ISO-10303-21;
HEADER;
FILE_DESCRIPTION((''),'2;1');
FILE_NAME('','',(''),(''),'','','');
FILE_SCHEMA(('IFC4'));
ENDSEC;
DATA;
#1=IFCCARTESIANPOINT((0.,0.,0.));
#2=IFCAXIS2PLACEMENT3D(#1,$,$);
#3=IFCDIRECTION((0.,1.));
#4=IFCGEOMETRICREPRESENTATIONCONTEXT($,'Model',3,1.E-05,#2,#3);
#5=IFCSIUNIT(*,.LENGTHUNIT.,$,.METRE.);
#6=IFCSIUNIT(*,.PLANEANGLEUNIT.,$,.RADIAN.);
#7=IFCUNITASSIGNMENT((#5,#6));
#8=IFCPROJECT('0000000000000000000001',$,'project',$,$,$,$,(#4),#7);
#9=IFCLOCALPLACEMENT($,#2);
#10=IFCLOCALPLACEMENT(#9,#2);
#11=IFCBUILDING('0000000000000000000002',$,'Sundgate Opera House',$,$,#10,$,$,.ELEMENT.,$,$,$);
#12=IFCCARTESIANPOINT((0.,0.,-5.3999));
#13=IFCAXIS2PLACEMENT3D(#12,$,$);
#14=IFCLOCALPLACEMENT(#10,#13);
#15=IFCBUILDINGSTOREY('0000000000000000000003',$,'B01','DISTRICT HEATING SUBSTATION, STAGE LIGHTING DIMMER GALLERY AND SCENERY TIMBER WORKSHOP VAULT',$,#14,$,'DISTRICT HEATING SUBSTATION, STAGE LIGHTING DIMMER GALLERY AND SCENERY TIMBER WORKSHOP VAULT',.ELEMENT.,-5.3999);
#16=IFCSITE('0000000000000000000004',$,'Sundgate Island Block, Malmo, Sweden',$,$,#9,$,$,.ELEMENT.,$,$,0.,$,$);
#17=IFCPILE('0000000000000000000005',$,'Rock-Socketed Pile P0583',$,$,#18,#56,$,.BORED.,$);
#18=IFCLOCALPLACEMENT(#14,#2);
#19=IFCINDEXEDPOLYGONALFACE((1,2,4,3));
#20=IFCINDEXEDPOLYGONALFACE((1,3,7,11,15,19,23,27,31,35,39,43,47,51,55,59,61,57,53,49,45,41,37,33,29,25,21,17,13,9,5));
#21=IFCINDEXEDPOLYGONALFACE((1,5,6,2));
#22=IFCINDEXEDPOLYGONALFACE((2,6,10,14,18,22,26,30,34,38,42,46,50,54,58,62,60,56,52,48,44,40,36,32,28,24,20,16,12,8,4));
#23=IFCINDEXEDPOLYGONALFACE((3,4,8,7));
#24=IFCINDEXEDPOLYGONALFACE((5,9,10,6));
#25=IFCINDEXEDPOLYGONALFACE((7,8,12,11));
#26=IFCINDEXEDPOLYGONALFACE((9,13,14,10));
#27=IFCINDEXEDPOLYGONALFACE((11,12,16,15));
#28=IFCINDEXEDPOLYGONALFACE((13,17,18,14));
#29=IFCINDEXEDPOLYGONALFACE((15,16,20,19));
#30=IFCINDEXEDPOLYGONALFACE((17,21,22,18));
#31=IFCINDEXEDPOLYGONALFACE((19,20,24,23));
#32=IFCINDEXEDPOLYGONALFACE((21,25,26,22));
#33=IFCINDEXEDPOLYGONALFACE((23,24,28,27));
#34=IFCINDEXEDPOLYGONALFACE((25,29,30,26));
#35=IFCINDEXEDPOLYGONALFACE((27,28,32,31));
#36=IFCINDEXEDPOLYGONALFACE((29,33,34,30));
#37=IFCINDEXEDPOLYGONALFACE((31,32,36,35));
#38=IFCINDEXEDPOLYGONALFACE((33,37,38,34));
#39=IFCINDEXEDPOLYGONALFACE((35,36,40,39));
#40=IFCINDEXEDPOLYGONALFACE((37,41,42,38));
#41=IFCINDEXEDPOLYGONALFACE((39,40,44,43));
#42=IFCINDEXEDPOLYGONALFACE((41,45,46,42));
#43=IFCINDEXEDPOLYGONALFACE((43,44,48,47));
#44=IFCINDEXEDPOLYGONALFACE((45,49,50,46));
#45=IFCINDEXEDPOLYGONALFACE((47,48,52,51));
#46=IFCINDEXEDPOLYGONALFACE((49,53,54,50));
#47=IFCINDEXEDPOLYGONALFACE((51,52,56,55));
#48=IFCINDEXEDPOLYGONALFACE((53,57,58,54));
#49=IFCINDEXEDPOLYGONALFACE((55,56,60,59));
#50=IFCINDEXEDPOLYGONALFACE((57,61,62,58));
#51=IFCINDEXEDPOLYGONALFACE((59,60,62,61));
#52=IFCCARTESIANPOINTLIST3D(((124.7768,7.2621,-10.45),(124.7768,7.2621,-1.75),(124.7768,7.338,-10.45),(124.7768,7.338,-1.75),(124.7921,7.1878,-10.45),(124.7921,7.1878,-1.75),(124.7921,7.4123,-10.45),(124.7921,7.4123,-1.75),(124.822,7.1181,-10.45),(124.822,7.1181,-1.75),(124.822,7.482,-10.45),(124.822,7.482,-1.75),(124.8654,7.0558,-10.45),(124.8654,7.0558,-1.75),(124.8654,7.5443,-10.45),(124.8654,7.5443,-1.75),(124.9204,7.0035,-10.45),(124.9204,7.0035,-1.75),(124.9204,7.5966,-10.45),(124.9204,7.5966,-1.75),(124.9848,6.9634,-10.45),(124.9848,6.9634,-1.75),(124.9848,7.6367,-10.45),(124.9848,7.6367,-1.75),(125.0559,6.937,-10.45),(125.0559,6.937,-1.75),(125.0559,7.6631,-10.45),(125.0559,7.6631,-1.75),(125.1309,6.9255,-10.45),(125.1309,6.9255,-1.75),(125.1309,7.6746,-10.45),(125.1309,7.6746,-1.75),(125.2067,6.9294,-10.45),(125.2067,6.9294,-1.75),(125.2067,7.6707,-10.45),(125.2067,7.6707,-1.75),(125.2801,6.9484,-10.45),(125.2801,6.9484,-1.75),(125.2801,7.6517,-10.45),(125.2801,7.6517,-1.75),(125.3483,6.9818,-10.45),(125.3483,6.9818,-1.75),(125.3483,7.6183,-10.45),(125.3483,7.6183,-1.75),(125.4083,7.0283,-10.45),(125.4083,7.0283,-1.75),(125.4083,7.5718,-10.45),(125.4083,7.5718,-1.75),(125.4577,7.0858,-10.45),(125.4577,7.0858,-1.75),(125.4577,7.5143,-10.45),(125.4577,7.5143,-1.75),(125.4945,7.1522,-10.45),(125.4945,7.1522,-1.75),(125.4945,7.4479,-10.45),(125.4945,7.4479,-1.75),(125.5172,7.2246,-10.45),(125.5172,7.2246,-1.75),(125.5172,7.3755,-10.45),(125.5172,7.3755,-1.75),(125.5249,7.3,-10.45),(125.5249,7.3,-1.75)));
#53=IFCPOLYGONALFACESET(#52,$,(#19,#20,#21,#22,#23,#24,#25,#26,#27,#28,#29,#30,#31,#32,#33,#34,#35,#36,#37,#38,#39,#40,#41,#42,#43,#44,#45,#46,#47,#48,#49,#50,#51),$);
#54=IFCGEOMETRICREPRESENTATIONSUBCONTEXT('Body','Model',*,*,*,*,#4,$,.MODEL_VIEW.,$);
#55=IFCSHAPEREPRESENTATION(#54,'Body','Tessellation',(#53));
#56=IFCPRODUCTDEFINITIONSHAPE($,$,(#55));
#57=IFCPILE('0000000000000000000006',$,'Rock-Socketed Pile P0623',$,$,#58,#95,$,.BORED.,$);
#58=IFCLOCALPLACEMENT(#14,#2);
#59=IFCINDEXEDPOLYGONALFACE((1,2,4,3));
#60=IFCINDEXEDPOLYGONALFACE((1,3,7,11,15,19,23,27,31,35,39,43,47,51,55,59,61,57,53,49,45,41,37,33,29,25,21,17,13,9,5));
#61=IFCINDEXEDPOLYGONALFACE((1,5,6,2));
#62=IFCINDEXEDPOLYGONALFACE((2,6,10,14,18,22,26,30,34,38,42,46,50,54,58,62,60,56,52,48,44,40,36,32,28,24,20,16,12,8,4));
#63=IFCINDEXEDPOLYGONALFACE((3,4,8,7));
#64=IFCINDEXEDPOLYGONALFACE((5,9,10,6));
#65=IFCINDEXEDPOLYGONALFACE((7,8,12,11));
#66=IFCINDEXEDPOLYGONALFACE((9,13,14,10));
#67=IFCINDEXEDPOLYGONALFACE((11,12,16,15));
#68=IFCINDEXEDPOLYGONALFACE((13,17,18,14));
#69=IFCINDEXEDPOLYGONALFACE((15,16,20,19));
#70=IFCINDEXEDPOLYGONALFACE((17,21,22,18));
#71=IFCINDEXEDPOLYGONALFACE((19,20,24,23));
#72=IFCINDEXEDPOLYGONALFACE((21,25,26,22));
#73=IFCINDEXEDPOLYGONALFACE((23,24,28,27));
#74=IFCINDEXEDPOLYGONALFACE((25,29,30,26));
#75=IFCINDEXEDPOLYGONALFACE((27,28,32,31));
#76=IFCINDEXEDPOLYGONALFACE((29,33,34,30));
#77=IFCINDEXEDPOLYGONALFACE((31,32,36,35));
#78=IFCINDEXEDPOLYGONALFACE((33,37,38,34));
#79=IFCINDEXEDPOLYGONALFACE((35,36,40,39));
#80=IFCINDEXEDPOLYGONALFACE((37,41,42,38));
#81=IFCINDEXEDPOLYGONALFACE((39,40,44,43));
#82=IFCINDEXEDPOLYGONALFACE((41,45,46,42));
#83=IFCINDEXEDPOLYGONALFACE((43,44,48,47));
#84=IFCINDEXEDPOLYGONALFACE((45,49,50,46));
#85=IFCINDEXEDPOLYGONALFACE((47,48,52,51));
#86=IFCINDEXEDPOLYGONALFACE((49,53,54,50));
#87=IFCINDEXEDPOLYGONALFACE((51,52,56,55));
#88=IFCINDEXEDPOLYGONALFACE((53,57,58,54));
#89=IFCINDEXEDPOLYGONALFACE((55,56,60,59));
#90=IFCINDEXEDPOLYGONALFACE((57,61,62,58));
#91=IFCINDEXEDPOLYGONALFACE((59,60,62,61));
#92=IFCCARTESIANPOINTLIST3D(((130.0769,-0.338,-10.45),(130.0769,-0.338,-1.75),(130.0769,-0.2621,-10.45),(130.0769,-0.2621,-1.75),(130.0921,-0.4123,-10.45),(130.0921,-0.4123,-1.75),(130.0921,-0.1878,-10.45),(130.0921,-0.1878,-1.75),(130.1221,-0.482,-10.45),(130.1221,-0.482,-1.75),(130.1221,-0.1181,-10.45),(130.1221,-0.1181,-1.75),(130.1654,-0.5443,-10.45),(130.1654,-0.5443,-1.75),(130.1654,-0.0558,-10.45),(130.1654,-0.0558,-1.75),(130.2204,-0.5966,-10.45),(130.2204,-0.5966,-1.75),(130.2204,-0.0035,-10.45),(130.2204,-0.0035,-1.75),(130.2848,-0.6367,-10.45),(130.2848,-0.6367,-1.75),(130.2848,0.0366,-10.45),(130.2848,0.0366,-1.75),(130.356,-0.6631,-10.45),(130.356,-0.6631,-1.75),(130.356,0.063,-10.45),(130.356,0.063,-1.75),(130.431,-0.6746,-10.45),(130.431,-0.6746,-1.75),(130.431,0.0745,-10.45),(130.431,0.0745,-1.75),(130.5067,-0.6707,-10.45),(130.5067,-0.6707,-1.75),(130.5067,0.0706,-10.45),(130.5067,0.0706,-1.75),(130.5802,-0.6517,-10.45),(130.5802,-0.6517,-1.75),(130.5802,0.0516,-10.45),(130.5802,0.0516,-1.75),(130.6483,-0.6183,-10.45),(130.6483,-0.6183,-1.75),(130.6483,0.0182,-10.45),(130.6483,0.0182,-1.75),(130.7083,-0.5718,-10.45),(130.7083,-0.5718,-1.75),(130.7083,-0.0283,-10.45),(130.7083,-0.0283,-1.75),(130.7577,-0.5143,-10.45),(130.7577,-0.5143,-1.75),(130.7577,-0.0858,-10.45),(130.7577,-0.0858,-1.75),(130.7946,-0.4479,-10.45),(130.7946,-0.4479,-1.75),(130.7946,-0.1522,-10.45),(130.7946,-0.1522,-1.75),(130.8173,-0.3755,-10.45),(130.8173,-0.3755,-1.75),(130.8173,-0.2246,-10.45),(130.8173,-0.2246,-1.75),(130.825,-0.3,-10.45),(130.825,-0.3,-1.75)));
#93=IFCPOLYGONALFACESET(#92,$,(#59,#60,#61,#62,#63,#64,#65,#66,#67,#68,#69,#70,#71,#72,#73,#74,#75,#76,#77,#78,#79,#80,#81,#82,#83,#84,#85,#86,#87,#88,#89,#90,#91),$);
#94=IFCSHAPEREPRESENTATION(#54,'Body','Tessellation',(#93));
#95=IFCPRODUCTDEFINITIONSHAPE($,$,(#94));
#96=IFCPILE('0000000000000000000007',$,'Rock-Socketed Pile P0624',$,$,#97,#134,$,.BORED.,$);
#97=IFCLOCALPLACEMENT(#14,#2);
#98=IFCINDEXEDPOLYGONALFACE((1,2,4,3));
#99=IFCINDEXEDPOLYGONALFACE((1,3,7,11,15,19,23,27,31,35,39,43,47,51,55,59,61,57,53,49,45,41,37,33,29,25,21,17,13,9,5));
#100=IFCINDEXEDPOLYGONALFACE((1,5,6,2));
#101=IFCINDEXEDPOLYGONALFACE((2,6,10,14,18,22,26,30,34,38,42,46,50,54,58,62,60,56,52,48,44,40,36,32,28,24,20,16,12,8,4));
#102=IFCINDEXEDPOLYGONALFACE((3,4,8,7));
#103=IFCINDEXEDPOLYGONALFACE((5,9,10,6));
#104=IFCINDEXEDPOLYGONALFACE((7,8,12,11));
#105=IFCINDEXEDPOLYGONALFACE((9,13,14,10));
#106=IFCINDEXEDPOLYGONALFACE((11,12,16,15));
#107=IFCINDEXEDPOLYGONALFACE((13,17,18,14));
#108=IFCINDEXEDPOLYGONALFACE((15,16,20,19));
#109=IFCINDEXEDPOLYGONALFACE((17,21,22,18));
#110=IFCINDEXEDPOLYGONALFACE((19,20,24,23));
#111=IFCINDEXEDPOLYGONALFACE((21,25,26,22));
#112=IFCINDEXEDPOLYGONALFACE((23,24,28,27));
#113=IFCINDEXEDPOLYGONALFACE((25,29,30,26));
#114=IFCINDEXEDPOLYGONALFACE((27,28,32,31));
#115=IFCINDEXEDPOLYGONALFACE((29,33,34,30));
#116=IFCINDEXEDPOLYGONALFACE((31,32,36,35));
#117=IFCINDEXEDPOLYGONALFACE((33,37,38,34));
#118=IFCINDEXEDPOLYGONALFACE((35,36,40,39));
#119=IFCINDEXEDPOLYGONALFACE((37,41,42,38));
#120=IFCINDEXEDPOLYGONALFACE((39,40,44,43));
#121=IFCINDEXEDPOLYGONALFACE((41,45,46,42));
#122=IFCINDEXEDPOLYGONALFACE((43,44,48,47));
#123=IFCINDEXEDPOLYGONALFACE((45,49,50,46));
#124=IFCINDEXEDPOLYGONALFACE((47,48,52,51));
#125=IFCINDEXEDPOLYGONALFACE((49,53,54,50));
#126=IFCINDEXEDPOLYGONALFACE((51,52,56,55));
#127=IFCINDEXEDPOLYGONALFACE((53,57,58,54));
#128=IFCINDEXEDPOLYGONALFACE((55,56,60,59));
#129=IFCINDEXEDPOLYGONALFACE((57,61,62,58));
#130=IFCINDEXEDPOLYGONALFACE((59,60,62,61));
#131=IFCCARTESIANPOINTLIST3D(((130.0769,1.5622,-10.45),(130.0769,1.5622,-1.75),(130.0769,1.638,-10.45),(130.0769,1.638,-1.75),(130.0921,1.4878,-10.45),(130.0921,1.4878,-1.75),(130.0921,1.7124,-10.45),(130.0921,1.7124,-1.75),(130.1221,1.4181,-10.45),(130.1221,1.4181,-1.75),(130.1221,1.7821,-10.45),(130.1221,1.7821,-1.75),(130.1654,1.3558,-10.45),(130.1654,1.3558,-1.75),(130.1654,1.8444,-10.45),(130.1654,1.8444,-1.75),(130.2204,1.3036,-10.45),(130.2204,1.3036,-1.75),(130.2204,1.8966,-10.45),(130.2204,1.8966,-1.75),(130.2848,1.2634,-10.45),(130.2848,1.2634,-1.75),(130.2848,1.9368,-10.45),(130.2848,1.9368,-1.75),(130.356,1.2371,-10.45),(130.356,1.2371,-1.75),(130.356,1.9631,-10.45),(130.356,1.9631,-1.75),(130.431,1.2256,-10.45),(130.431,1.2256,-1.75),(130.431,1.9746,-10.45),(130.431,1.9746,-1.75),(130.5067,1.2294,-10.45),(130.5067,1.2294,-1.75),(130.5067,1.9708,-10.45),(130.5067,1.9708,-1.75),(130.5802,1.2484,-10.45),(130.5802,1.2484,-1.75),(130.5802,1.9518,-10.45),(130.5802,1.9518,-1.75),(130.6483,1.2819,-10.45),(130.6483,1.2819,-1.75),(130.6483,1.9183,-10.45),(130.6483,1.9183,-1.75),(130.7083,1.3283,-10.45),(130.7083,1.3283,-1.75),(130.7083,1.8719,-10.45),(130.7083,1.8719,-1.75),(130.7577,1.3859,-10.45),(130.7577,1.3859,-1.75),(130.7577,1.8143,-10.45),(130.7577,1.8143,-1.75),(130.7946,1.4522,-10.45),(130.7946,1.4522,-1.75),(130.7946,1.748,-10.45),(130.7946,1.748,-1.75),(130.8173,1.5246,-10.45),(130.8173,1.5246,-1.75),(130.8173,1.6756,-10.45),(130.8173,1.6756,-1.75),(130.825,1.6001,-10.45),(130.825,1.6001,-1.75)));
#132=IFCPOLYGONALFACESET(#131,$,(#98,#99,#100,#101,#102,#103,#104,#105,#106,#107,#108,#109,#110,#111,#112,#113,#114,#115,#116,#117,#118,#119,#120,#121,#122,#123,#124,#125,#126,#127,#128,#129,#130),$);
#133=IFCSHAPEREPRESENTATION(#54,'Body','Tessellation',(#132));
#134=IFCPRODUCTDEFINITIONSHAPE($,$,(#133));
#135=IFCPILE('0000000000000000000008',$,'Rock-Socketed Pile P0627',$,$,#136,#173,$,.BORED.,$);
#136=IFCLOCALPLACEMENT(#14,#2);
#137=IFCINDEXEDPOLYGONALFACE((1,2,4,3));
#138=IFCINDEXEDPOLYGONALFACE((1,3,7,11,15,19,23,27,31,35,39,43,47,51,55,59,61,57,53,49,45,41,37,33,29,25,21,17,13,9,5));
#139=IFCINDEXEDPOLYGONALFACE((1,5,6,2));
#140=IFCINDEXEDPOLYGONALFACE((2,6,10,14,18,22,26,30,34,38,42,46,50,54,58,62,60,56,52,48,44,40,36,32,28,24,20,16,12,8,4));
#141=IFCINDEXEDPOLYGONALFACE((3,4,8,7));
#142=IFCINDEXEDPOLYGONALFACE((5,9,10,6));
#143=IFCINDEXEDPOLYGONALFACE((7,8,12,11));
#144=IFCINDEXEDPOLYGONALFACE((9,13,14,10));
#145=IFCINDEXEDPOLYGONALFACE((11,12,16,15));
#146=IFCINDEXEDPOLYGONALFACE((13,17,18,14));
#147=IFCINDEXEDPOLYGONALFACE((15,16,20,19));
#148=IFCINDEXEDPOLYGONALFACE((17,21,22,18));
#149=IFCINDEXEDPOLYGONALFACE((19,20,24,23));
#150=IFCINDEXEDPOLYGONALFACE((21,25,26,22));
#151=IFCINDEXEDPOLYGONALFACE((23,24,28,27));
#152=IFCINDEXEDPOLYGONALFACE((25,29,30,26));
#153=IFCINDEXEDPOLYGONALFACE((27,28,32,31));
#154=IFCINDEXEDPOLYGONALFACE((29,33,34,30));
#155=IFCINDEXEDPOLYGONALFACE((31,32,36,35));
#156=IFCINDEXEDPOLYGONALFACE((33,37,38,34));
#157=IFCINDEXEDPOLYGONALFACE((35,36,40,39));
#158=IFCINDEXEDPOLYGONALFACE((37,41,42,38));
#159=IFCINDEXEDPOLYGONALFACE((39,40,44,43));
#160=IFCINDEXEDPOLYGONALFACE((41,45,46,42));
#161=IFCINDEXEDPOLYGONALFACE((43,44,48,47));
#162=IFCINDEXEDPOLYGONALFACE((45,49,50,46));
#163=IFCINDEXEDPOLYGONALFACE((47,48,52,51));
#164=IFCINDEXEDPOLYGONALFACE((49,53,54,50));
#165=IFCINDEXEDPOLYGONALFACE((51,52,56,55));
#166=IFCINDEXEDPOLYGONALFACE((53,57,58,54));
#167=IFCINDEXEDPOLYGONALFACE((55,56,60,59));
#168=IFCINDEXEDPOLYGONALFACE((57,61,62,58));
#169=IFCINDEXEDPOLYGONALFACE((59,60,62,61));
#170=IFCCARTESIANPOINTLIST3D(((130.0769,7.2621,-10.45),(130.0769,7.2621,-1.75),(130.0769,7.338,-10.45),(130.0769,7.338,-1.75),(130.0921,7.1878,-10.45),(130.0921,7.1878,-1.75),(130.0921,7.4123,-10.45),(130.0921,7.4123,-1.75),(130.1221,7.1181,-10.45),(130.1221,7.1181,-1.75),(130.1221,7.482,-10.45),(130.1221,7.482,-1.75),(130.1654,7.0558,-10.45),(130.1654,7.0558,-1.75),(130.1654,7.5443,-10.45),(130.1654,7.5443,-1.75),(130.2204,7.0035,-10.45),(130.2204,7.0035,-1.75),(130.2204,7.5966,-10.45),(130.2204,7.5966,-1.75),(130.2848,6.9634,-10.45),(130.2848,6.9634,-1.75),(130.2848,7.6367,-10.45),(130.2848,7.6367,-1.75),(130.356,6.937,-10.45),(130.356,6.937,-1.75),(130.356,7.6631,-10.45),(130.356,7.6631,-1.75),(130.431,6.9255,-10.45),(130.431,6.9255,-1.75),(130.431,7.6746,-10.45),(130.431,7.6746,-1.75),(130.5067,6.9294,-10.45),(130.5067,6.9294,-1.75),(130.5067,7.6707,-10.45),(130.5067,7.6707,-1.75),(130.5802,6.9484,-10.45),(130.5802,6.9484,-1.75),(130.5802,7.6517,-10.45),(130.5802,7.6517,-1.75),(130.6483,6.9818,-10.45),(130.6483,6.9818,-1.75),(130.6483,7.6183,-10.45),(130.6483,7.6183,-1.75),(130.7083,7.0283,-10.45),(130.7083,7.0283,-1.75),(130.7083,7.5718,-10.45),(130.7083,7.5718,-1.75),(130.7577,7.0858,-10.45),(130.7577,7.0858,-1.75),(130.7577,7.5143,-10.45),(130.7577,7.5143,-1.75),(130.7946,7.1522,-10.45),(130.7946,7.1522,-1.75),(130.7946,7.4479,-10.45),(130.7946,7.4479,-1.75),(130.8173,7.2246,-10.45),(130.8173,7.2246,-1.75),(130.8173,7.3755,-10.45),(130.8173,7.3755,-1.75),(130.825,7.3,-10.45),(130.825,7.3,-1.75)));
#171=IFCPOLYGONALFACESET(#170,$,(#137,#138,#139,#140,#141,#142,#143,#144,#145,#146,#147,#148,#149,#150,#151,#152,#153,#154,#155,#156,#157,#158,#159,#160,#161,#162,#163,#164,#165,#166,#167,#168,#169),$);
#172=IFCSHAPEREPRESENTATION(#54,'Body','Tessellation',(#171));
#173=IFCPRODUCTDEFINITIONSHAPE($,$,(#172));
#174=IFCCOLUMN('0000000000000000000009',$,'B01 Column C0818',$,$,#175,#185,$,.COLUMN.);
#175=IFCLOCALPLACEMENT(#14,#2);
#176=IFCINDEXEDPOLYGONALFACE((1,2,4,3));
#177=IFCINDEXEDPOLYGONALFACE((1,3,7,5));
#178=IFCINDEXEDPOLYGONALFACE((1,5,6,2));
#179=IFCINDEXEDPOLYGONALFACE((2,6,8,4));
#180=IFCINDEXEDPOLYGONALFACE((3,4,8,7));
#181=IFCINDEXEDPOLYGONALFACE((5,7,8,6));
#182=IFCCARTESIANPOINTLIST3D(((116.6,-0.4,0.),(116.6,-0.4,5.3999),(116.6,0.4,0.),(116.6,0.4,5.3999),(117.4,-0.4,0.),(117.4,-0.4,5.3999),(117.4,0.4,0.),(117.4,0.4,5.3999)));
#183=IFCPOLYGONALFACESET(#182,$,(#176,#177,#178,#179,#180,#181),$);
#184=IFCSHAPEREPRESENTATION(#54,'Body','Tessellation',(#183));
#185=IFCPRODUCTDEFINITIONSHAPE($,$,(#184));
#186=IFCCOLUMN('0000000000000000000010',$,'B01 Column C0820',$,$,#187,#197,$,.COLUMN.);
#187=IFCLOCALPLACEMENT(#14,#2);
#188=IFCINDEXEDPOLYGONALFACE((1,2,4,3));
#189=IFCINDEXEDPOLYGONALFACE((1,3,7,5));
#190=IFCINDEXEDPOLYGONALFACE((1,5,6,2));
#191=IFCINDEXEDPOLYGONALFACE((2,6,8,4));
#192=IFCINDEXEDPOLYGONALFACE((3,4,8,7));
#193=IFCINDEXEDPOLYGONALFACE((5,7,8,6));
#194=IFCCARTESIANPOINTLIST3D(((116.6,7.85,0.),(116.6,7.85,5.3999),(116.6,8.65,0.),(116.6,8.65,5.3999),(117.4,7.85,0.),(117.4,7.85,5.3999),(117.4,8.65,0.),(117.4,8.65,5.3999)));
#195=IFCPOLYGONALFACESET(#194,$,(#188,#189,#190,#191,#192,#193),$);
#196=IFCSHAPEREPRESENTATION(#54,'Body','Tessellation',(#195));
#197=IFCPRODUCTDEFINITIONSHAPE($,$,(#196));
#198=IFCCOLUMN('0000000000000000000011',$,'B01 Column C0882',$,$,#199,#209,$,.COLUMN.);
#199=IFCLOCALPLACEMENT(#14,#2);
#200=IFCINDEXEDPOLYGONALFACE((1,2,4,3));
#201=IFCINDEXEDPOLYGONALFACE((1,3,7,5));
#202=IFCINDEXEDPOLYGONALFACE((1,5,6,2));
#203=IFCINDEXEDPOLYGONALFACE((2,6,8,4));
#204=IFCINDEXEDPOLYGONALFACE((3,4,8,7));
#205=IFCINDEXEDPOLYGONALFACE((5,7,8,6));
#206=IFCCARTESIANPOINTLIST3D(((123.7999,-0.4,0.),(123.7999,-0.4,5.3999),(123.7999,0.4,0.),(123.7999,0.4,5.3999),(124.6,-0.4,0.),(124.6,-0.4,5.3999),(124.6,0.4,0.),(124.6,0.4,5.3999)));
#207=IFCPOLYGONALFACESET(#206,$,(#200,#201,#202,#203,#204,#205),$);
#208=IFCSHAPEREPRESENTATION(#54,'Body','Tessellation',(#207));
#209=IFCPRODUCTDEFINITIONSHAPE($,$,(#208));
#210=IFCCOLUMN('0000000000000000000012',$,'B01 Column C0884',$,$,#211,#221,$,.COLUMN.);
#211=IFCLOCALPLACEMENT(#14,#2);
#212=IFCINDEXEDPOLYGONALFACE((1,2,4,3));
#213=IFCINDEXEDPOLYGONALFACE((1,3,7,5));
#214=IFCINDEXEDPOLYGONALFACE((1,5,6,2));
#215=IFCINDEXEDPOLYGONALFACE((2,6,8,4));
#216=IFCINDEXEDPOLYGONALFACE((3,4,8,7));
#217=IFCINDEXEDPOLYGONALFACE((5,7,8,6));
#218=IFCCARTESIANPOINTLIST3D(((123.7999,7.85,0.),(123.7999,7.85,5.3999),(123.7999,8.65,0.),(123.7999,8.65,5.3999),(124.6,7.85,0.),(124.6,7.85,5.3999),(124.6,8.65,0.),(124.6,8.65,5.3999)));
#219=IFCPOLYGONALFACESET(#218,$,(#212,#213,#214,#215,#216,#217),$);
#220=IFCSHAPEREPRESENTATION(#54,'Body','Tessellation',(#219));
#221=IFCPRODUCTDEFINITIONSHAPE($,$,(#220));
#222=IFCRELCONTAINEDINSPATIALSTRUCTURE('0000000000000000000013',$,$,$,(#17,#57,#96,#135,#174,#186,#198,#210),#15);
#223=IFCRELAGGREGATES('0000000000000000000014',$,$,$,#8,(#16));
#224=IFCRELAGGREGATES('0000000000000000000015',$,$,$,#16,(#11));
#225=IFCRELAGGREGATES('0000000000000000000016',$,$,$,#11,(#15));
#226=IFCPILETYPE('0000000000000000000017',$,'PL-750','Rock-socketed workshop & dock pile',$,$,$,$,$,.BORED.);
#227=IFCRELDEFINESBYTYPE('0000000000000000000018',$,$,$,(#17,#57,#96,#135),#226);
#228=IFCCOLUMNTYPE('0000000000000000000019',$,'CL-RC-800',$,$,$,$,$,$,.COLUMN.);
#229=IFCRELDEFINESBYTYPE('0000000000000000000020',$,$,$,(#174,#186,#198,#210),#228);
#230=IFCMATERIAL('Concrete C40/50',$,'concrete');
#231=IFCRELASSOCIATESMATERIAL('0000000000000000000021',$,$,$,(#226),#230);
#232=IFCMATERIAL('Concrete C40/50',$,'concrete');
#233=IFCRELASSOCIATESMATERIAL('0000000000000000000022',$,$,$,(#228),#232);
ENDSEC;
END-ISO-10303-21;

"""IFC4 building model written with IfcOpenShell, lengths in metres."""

from ifc_helpers import new_model, si_unit, direction, frame, origin, origin_2d, place, context, subcontext, project, spatial, rectangle, circle, extrude, material, material_profile, profile_set, type_object, element, save


model = new_model("IFC4")

# Units and contexts
model_context = context("Model", 3, precision=1e-05, world=origin(), true_north=direction((0.0, 1.0)))
body_context = subcontext(model_context, "Body", "Model", "MODEL_VIEW")
ifc_project = project(units=[si_unit("LENGTHUNIT", "METRE"), si_unit("PLANEANGLEUNIT", "RADIAN")], contexts=[model_context])

# Site, building, storey
site_placement = place(None, origin())
site = spatial("IfcSite", under=ifc_project, at=site_placement, Name="Sundgate Island Block, Malmo, Sweden", CompositionType="ELEMENT", RefElevation=0.0)
building_placement = place(site_placement, origin())
building = spatial("IfcBuilding", under=site, at=building_placement, Name="Sundgate Opera House", CompositionType="ELEMENT")
storey_placement = place(building_placement, frame((0.0, 0.0, -5.3999)))
storey = spatial("IfcBuildingStorey", under=building, at=storey_placement, Name="B01", Description="DISTRICT HEATING SUBSTATION, STAGE LIGHTING DIMMER GALLERY AND SCENERY TIMBER WORKSHOP VAULT", LongName="DISTRICT HEATING SUBSTATION, STAGE LIGHTING DIMMER GALLERY AND SCENERY TIMBER WORKSHOP VAULT", CompositionType="ELEMENT", Elevation=-5.3999)

# Piles
ifc_material_1 = material(Name="Concrete C40/50", Category="concrete")
ifc_material_profile_1 = material_profile(ifc_material_1, circle(Radius=0.375, at=origin_2d()), Name="PILE D750")
ifc_profile_set_1 = profile_set([ifc_material_profile_1], Name="Concrete C40/50")
pile_type = type_object("IfcPileType", Name="PL-750", Description="Rock-socketed workshop & dock pile", PredefinedType="BORED", material=ifc_profile_set_1)
for number, where, z_axis, x_axis, name in (
    (1, (125.1499, 7.3, -1.75), (0.0, 0.0, -1.0), (1.0, 0.0, 0.0), "Rock-Socketed Pile P0583"),
    (2, (130.45, -0.3, -1.75), (0.0, 0.0, -1.0), (1.0, 0.0, 0.0), "Rock-Socketed Pile P0623"),
    (3, (130.45, 1.6001, -1.75), (0.0, 0.0, -1.0), (1.0, 0.0, 0.0), "Rock-Socketed Pile P0624"),
    (4, (130.45, 7.3, -1.75), (0.0, 0.0, -1.0), (1.0, 0.0, 0.0), "Rock-Socketed Pile P0627"),
):
    element("IfcPile", number, at=place(storey_placement, frame(where, z_axis=z_axis, x_axis=x_axis)), inside=storey, type_object=pile_type, Name=name, PredefinedType="BORED", context=body_context, shape_type="SweptSolid", body=[
        extrude(circle(Radius=0.375, at=origin_2d()), origin(), (0.0, 0.0, 1.0), 8.7),
    ])

# Columns
ifc_material_2 = material(Name="Concrete C40/50", Category="concrete")
ifc_material_profile_2 = material_profile(ifc_material_2, rectangle(XDim=0.8, YDim=0.8, at=origin_2d()), Name="RC 800x800")
ifc_profile_set_2 = profile_set([ifc_material_profile_2], Name="Concrete C40/50")
column_type = type_object("IfcColumnType", Name="CL-RC-800", PredefinedType="COLUMN", material=ifc_profile_set_2)
for number, where, z_axis, x_axis, name in (
    (5, (117.0, 0.0, 0.0), (0.0, 0.0, 1.0), (1.0, 0.0, 0.0), "B01 Column C0818"),
    (6, (117.0, 8.25, 0.0), (0.0, 0.0, 1.0), (1.0, 0.0, 0.0), "B01 Column C0820"),
    (7, (124.2, 0.0, 0.0), (0.0, 0.0, 1.0), (1.0, 0.0, 0.0), "B01 Column C0882"),
    (8, (124.2, 8.25, 0.0), (0.0, 0.0, 1.0), (1.0, 0.0, 0.0), "B01 Column C0884"),
):
    element("IfcColumn", number, at=place(storey_placement, frame(where, z_axis=z_axis, x_axis=x_axis)), inside=storey, type_object=column_type, Name=name, PredefinedType="COLUMN", context=body_context, shape_type="SweptSolid", body=[
        extrude(rectangle(XDim=0.8, YDim=0.8, at=origin_2d()), origin(), (0.0, 0.0, 1.0), 5.3999),
    ])

save(model, "model.ifc")
